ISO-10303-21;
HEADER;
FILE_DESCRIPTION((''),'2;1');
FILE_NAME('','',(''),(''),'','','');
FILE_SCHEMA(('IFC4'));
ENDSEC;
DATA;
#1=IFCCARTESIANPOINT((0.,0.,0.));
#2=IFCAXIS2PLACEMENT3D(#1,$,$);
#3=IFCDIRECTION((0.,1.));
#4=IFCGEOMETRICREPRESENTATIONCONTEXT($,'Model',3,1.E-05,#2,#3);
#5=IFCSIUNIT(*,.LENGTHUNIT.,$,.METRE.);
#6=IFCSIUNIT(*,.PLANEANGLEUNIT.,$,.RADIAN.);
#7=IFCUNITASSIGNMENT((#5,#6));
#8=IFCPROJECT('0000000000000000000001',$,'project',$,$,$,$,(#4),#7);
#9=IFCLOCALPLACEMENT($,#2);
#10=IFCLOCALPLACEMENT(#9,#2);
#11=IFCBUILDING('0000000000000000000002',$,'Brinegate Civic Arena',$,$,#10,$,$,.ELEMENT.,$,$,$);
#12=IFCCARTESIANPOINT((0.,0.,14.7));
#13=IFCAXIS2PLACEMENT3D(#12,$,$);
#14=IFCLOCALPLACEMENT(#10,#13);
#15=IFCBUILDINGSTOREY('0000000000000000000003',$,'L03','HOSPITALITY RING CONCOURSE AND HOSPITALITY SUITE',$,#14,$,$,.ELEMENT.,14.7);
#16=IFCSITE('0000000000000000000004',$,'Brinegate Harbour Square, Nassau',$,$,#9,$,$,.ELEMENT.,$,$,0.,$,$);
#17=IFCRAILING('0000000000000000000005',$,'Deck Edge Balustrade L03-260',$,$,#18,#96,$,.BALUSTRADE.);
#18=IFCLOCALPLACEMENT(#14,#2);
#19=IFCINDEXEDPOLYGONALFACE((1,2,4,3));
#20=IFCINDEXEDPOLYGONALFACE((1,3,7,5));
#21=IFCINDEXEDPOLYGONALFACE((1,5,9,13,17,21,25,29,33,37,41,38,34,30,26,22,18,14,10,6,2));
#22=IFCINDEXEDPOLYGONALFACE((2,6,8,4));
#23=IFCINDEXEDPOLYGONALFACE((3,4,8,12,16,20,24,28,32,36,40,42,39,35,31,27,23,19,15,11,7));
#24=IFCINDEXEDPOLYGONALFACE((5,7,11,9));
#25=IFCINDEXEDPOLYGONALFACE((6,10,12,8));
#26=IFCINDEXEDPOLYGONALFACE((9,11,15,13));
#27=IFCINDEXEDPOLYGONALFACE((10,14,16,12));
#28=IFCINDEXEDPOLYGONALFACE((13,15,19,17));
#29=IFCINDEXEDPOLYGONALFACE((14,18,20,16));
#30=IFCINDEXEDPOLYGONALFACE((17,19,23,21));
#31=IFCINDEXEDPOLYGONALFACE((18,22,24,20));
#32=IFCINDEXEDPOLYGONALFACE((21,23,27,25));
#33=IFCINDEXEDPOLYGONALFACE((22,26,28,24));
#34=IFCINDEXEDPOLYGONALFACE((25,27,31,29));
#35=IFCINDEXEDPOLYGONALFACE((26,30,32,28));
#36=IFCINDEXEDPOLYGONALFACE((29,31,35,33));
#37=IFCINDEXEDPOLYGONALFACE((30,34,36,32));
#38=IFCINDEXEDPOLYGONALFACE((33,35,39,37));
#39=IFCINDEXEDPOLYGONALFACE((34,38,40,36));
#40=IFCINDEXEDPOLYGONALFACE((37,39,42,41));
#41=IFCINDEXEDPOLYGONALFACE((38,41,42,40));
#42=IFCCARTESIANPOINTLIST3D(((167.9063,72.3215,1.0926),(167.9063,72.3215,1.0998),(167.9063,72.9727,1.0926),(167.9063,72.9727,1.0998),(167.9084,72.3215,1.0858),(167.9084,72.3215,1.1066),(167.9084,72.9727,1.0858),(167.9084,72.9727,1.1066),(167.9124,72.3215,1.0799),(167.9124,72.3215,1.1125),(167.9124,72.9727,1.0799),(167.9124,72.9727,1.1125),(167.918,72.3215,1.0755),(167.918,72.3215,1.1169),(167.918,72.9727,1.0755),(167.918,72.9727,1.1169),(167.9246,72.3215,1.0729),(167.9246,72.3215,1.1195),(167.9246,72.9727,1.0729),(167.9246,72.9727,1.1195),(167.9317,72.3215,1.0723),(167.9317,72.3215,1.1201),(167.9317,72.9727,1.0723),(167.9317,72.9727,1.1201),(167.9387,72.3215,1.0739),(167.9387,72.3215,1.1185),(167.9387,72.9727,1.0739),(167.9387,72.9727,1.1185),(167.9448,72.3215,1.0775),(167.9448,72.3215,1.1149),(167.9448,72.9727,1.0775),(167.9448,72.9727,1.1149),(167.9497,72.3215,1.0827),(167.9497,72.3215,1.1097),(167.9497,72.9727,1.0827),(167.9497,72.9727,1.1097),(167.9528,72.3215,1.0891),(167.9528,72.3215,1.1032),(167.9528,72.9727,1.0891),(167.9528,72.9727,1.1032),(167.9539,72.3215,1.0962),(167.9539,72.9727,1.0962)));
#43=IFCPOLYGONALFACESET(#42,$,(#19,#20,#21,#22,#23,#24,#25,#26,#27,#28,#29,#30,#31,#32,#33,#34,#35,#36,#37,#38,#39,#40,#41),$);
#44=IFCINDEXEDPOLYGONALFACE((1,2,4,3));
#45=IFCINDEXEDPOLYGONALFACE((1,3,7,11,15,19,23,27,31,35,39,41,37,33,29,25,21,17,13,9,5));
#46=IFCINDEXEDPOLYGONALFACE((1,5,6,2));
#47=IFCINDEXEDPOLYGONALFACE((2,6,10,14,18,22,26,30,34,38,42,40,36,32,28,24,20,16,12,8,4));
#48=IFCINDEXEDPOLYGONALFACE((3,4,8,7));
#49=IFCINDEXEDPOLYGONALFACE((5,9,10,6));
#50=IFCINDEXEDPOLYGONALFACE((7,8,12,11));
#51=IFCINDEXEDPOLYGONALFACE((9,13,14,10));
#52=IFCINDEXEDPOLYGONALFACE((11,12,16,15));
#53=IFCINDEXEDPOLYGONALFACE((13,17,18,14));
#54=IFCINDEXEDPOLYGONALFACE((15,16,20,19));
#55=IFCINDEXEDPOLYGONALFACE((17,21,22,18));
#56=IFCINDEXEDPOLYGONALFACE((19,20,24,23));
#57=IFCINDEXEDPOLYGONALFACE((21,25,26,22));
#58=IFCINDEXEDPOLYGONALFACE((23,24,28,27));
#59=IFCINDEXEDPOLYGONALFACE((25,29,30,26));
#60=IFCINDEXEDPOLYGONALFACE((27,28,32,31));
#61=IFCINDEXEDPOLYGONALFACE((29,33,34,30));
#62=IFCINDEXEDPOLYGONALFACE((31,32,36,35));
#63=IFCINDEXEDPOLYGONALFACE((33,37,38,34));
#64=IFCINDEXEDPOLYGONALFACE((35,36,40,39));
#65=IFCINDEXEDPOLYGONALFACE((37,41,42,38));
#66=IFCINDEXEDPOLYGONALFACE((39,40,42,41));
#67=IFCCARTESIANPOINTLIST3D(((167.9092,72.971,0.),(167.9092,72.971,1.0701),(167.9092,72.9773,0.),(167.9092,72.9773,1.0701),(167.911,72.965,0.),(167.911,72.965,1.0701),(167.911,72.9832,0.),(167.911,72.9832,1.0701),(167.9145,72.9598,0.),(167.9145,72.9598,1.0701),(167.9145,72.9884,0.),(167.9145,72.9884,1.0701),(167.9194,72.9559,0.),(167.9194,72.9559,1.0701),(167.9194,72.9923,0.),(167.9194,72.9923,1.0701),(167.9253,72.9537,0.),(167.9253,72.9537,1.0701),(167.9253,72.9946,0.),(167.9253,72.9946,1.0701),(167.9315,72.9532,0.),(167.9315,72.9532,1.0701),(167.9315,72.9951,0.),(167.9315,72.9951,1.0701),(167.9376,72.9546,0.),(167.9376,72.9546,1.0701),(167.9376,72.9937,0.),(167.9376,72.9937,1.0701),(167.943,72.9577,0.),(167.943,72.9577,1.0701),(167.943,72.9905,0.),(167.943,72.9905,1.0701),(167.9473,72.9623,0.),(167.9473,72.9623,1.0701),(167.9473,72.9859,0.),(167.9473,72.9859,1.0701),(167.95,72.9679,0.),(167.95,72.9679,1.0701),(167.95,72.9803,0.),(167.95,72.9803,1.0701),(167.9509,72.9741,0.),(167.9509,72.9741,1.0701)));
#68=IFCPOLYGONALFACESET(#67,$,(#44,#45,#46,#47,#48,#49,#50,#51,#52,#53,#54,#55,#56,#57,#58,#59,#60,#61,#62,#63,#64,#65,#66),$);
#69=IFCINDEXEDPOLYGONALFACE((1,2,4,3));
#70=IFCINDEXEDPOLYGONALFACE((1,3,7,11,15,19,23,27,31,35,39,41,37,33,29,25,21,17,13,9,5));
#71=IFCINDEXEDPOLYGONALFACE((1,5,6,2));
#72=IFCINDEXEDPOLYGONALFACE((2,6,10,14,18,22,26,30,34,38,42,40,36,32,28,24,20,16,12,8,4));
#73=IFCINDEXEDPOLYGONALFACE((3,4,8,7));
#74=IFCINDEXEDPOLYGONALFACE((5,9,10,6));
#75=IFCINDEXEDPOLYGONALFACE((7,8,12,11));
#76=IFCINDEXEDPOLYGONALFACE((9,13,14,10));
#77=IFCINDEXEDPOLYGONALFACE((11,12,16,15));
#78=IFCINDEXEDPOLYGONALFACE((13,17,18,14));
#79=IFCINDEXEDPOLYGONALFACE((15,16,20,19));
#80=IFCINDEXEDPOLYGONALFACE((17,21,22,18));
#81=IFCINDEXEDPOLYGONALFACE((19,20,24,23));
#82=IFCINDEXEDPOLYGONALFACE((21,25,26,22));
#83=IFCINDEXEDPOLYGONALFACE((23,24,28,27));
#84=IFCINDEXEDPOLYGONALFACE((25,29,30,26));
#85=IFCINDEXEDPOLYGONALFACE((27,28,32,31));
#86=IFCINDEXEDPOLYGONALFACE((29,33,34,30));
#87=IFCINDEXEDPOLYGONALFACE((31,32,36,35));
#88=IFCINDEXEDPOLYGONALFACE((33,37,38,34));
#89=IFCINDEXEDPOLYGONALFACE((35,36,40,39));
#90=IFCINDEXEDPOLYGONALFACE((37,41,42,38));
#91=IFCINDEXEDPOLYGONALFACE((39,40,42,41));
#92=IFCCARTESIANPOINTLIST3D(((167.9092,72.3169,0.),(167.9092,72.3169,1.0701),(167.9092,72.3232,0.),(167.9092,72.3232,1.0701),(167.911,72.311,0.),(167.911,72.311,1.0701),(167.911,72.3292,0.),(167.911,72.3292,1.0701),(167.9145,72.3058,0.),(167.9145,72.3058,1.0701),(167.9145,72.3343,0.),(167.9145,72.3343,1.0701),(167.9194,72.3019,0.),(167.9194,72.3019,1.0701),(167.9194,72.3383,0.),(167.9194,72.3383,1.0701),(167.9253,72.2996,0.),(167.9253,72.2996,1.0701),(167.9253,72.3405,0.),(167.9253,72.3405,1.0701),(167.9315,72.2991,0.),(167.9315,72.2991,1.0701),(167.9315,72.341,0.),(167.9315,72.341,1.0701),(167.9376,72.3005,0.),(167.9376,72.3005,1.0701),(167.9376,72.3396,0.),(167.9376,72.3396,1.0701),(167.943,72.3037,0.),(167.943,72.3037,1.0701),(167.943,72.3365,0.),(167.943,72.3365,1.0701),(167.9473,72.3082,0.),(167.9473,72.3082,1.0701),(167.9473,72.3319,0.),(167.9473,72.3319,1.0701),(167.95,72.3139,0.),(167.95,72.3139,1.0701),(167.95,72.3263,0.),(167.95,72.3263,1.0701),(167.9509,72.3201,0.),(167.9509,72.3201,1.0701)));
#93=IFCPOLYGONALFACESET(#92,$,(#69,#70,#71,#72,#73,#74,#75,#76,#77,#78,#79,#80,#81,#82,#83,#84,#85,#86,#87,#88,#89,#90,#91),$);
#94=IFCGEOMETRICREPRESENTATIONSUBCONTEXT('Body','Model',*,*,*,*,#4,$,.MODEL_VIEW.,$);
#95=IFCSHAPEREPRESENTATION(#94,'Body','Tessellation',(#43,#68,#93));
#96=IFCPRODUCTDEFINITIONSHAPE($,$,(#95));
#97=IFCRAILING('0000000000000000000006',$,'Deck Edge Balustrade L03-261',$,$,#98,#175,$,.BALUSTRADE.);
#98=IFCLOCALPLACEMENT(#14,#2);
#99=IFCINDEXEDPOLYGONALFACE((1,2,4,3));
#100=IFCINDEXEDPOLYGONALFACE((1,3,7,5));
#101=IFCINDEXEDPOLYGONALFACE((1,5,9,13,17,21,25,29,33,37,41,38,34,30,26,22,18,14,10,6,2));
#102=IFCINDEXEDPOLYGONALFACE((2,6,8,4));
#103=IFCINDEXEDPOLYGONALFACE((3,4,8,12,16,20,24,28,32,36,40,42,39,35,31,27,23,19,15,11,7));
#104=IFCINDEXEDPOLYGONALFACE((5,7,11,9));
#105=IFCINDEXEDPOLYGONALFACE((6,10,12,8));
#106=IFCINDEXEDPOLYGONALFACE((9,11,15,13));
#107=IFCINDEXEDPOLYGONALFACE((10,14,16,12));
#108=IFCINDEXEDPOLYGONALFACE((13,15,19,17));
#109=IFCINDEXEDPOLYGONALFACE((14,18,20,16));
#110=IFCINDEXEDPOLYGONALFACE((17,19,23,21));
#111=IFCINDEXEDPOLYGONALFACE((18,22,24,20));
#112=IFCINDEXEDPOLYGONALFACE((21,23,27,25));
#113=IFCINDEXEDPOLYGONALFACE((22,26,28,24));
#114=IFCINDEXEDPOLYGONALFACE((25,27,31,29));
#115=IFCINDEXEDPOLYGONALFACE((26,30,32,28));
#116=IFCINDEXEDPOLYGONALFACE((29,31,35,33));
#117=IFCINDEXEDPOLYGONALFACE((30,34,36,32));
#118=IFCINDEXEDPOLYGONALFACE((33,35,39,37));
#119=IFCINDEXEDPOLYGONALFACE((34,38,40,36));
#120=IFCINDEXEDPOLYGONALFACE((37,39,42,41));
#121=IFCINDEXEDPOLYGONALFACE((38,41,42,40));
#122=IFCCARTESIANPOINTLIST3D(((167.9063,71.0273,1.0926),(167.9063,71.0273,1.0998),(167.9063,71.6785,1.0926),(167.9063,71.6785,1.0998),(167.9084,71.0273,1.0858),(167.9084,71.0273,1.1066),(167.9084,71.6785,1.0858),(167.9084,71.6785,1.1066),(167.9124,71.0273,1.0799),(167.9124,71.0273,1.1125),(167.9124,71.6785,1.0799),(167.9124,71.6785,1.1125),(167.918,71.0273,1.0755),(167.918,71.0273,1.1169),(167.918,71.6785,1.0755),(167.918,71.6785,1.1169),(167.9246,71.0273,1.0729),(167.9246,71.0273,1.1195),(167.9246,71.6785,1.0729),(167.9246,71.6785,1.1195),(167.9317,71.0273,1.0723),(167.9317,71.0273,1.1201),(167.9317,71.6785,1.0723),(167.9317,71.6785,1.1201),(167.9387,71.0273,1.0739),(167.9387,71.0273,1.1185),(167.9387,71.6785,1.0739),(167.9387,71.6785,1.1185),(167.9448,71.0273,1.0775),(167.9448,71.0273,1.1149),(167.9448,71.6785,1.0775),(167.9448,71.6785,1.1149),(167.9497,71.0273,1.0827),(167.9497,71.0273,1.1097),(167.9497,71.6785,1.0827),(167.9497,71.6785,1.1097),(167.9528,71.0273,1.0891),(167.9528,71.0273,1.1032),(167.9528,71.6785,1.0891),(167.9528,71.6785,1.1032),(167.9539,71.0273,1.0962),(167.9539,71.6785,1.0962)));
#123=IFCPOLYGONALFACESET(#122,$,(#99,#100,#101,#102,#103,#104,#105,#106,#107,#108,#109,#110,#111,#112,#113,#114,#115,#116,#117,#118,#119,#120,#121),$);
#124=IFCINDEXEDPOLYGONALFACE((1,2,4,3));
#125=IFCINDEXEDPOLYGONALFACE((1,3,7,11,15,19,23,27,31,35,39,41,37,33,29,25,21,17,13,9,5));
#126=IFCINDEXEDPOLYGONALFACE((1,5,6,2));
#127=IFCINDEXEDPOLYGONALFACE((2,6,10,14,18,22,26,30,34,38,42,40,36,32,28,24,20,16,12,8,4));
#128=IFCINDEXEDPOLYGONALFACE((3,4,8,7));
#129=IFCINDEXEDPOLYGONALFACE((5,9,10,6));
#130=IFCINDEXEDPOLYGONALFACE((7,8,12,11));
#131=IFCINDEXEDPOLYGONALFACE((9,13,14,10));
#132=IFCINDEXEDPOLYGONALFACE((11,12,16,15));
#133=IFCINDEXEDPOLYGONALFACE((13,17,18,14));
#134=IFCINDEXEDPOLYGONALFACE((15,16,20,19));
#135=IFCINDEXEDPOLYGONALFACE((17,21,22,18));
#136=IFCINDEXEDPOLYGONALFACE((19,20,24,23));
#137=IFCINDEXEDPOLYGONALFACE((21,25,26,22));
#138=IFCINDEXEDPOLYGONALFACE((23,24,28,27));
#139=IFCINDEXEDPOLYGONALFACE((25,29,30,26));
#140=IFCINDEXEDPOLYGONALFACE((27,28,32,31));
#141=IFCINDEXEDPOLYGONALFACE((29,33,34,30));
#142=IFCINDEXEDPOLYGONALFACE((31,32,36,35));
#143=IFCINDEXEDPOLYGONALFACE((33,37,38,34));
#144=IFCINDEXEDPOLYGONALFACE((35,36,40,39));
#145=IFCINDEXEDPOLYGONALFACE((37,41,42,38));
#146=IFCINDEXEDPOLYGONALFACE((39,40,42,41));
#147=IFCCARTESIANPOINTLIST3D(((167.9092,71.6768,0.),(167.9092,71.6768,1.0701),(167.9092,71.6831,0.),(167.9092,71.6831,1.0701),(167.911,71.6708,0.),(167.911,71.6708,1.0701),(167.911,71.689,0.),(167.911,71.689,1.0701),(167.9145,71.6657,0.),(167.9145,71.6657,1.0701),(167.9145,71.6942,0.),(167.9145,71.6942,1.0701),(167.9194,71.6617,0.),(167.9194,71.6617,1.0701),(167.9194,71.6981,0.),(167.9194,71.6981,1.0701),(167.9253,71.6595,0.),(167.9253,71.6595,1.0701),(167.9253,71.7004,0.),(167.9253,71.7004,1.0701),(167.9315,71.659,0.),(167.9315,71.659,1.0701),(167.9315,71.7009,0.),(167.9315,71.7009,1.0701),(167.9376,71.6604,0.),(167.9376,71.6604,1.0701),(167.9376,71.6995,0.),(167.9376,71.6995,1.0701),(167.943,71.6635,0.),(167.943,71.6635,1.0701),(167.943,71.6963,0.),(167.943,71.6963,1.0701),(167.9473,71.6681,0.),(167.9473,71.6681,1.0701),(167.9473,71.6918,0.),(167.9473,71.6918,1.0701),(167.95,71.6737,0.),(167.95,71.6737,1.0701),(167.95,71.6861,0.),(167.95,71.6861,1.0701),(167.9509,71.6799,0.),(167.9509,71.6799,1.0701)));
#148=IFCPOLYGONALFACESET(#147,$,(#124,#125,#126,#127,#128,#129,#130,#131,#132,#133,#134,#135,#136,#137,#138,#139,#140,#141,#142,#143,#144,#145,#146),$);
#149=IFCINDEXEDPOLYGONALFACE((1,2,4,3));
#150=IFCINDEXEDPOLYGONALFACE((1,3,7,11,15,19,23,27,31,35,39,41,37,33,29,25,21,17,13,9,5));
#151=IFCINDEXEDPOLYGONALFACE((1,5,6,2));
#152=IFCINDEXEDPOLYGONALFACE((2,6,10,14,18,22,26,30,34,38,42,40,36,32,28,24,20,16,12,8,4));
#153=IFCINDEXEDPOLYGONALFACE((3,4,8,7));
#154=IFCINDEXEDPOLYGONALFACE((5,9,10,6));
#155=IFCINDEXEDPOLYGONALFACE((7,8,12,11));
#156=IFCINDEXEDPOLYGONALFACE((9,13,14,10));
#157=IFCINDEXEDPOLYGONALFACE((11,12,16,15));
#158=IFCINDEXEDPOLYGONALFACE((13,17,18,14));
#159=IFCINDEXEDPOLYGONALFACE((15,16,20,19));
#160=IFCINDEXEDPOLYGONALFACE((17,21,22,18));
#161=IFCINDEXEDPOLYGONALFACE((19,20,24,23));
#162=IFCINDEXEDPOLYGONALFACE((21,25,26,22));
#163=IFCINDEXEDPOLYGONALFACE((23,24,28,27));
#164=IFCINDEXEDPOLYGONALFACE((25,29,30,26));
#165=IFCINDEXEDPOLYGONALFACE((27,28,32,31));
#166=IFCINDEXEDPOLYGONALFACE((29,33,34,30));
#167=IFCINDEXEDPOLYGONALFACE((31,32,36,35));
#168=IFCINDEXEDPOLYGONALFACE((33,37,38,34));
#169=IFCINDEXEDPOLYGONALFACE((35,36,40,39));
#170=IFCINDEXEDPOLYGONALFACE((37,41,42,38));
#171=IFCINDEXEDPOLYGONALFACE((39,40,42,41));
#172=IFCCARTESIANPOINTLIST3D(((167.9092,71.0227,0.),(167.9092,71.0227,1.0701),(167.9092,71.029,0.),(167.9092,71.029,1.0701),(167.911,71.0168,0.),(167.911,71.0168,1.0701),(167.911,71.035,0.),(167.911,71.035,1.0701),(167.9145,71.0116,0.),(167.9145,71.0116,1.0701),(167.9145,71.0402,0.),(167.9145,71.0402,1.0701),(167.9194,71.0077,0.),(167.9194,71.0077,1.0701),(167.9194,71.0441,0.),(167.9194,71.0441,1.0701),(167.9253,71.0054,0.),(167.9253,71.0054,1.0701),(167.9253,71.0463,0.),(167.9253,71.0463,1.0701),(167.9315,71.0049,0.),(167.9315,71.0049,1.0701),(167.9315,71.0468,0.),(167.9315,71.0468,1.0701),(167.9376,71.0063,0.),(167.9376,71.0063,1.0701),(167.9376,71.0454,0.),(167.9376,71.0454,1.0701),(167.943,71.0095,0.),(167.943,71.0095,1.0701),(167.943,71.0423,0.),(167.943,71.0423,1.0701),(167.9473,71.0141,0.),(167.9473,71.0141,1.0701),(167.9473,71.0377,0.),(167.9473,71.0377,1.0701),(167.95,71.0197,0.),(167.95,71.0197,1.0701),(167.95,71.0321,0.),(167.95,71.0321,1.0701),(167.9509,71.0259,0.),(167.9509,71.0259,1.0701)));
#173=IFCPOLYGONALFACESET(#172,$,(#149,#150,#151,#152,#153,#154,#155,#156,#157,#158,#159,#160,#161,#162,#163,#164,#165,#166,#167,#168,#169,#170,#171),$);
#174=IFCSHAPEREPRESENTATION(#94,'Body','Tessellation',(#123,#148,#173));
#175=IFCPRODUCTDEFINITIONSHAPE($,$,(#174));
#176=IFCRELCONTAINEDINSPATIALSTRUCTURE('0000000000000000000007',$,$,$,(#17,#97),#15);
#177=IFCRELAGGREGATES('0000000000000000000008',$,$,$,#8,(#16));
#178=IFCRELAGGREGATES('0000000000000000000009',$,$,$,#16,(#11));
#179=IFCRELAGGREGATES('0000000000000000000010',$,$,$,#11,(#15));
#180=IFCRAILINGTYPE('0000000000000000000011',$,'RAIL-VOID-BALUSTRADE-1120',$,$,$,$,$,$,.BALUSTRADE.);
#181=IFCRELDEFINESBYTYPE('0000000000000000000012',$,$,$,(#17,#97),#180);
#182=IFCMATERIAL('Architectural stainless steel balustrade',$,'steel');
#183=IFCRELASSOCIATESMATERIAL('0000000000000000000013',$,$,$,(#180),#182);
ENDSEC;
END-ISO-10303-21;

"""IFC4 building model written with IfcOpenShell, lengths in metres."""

from ifc_helpers import new_model, si_unit, direction, frame, origin, origin_2d, place, context, subcontext, project, spatial, circle, extrude, material, type_object, element, save


model = new_model("IFC4")

# Units and contexts
model_context = context("Model", 3, precision=1e-05, world=origin(), true_north=direction((0.0, 1.0)))
body_context = subcontext(model_context, "Body", "Model", "MODEL_VIEW")
ifc_project = project(units=[si_unit("LENGTHUNIT", "METRE"), si_unit("PLANEANGLEUNIT", "RADIAN")], contexts=[model_context])

# Site, building, storey
site_placement = place(None, origin())
site = spatial("IfcSite", under=ifc_project, at=site_placement, Name="Brinegate Harbour Square, Nassau", CompositionType="ELEMENT", RefElevation=0.0)
building_placement = place(site_placement, origin())
building = spatial("IfcBuilding", under=site, at=building_placement, Name="Brinegate Civic Arena", CompositionType="ELEMENT")
storey_placement = place(building_placement, frame((0.0, 0.0, 14.7)))
storey = spatial("IfcBuildingStorey", under=building, at=storey_placement, Name="L03", Description="HOSPITALITY RING CONCOURSE AND HOSPITALITY SUITE", CompositionType="ELEMENT", Elevation=14.7)

# Railings
ifc_material_1 = material(Name="Architectural stainless steel balustrade", Category="steel")
railing_type_1 = type_object("IfcRailingType", Name="RAIL-VOID-BALUSTRADE-1120", PredefinedType="BALUSTRADE", material=ifc_material_1)
for number, where, name in (
    (1, (167.9299, 72.9741, 0.0), "Deck Edge Balustrade L03-260"),
    (2, (167.9299, 71.6799, 0.0), "Deck Edge Balustrade L03-261"),
):
    element("IfcRailing", number, at=place(storey_placement, frame(where)), inside=storey, type_object=railing_type_1, Name=name, PredefinedType="BALUSTRADE", context=body_context, shape_type="SweptSolid", body=[
        extrude(circle(Radius=0.0239, at=origin_2d()), frame((0.0, -0.0015, 1.0962), z_axis=(0.0, -1.0, 0.0), x_axis=(1.0, 0.0, 0.0)), (0.0, 0.0, 1.0), 0.6511),
        extrude(circle(Radius=0.021, at=origin_2d()), origin(), (0.0, 0.0, 1.0), 1.0701),
        extrude(circle(Radius=0.021, at=origin_2d()), frame((0.0, -0.6541, 0.0)), (0.0, 0.0, 1.0), 1.0701),
    ])

save(model, "model.ifc")
